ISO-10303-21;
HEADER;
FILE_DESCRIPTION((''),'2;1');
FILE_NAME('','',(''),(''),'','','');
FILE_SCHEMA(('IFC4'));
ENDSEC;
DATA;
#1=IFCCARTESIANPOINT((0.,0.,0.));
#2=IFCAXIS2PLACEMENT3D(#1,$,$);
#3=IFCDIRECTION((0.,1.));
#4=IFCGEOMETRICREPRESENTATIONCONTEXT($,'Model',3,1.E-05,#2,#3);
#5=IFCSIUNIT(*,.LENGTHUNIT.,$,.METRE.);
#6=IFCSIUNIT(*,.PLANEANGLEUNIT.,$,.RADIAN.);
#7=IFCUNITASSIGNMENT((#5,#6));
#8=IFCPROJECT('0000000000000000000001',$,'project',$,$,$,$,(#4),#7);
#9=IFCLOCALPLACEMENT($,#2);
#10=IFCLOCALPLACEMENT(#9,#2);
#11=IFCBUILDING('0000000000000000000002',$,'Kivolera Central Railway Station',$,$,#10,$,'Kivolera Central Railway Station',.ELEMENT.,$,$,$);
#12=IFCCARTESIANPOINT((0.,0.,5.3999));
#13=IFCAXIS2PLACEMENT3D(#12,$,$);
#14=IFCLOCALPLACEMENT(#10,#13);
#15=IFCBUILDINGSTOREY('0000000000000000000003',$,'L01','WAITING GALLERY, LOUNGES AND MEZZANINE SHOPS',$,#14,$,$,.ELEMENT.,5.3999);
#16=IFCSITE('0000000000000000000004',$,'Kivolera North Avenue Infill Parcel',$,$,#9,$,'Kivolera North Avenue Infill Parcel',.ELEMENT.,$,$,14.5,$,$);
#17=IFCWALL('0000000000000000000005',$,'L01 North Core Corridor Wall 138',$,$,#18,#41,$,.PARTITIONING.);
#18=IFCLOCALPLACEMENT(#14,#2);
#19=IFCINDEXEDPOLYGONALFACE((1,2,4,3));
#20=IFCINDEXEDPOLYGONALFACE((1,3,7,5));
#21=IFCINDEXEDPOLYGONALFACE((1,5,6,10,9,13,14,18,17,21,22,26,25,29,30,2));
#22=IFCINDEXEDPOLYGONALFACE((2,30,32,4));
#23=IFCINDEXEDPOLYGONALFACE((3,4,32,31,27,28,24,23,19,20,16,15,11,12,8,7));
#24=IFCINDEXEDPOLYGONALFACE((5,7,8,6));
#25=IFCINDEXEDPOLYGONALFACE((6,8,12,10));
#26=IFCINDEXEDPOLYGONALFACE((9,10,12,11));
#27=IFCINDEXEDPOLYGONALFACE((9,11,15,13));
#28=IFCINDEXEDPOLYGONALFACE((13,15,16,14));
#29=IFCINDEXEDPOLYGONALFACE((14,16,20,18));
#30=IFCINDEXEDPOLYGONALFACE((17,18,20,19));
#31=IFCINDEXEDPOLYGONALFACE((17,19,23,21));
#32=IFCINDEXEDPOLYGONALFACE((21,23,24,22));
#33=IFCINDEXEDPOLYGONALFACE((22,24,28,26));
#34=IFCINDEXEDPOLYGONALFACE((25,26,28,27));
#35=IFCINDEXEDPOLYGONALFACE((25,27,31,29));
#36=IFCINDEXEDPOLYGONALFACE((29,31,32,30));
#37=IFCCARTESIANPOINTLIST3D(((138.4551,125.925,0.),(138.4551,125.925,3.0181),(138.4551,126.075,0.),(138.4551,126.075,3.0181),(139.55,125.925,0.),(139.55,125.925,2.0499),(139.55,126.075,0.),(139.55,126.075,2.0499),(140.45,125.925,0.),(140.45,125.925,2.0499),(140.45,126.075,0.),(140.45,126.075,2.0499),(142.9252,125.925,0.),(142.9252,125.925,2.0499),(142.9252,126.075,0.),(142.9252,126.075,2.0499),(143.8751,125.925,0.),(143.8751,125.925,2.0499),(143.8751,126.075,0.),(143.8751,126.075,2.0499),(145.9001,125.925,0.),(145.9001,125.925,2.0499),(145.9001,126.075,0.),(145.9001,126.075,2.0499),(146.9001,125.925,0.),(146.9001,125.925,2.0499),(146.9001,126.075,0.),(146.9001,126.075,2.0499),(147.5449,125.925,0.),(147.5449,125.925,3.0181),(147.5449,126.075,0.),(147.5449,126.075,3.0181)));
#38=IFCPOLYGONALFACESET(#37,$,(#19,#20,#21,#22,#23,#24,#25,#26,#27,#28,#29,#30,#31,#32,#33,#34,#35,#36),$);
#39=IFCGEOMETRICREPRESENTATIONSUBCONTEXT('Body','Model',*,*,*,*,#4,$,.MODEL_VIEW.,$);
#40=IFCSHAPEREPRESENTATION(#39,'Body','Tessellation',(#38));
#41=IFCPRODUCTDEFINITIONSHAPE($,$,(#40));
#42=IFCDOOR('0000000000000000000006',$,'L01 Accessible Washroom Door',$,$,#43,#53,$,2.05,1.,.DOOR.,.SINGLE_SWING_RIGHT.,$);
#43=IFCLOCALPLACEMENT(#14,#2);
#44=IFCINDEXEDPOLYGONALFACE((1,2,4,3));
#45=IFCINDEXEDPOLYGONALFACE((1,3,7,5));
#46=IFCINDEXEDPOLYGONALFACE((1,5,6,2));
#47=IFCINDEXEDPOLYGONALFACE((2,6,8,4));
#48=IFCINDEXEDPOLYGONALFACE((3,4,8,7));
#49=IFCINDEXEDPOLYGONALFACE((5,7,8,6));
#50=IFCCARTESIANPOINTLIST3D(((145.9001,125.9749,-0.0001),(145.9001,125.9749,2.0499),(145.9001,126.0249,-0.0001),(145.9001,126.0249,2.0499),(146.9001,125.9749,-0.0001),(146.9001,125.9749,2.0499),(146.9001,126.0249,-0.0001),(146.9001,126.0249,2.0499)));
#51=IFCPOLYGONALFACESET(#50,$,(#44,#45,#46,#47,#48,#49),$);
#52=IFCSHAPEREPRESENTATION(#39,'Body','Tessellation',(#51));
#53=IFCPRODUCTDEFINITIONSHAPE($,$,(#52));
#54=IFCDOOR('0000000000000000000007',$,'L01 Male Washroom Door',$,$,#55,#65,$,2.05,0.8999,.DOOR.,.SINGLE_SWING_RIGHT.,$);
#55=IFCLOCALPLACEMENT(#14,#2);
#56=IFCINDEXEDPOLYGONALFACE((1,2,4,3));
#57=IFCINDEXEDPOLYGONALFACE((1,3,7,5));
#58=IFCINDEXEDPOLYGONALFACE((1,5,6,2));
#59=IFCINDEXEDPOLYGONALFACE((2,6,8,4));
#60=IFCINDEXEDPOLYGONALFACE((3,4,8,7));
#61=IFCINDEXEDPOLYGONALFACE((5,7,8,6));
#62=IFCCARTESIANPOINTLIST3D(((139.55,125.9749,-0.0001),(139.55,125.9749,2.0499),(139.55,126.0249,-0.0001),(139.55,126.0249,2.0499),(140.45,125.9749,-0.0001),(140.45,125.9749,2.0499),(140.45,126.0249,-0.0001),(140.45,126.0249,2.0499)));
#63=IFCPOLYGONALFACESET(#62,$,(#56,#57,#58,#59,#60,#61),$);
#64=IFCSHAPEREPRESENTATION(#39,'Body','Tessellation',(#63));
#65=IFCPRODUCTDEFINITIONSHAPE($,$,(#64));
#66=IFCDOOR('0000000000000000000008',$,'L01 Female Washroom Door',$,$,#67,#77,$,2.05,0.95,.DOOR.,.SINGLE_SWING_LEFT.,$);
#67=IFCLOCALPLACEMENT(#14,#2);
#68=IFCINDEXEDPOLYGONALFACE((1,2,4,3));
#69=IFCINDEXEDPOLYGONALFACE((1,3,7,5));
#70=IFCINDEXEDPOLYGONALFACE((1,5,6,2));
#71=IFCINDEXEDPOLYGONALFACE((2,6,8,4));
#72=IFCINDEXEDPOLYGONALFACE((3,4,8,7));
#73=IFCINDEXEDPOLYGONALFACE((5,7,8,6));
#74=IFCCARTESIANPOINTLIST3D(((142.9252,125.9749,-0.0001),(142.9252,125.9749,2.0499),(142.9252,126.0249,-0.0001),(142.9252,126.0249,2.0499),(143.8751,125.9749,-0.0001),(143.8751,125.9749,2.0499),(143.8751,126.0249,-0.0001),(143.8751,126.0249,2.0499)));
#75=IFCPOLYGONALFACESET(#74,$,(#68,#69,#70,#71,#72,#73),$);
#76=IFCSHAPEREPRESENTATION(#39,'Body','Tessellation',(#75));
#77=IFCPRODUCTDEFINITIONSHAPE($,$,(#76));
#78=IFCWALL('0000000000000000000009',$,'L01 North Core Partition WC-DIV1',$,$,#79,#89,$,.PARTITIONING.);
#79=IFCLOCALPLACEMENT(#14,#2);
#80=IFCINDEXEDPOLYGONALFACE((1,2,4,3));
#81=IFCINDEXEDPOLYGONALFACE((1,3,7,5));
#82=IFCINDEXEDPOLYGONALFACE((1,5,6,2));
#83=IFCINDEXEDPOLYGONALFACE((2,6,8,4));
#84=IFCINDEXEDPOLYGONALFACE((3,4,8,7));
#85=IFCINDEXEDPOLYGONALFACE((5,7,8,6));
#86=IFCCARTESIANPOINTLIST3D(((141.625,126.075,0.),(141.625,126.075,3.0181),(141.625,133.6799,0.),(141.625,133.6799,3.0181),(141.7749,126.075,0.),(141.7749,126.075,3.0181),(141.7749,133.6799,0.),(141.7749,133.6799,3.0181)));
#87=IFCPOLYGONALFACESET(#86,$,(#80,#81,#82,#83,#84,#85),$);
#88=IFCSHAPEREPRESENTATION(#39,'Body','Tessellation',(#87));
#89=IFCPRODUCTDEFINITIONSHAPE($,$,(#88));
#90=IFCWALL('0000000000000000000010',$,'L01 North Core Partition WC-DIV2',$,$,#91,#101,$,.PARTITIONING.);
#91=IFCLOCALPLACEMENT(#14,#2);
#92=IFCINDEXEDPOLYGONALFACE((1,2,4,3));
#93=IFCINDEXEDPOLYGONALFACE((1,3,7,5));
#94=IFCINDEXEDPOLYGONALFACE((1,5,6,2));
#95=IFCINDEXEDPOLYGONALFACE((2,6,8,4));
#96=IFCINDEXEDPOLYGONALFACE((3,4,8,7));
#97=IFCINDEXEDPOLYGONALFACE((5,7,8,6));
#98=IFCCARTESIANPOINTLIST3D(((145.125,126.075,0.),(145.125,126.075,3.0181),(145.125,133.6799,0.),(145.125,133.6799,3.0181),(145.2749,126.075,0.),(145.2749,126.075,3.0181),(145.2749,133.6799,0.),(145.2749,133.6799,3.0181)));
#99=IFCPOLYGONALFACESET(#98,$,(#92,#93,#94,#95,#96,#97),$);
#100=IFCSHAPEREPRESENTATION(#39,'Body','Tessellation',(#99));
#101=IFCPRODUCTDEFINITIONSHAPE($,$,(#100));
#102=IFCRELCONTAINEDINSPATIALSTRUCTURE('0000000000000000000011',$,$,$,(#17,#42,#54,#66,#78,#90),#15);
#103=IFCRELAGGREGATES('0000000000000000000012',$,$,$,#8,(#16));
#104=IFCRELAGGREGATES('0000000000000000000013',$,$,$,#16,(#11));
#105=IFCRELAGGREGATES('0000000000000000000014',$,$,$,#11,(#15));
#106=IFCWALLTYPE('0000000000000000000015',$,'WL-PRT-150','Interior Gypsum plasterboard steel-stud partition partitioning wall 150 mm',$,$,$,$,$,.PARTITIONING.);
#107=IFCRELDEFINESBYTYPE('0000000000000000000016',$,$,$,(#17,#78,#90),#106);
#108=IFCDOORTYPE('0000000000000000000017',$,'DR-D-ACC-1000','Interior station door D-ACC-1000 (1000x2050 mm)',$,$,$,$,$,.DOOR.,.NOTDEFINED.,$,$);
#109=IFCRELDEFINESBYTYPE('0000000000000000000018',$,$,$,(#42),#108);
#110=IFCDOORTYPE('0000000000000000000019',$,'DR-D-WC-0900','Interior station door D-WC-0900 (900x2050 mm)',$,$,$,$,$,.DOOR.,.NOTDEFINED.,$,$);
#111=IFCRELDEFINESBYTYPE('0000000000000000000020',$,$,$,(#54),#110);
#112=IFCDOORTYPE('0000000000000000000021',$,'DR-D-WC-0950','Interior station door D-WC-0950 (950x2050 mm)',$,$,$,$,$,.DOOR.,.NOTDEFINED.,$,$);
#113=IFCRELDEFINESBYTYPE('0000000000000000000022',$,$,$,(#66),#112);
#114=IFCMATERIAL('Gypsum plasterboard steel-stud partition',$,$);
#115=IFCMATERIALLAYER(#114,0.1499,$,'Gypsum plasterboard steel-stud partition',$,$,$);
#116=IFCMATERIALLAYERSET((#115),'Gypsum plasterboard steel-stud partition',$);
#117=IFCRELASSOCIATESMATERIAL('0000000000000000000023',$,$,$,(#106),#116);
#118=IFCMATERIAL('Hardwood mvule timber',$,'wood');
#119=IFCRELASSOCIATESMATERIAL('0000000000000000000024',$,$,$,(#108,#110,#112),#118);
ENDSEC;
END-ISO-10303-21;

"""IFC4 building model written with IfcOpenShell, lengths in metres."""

from ifc_helpers import new_model, si_unit, direction, frame, frame_2d, origin, place, context, subcontext, project, spatial, rectangle, extrude, material, layer, layer_set, type_object, element, fill, save


model = new_model("IFC4")

# Units and contexts
model_context = context("Model", 3, precision=1e-05, world=origin(), true_north=direction((0.0, 1.0)))
body_context = subcontext(model_context, "Body", "Model", "MODEL_VIEW")
ifc_project = project(units=[si_unit("LENGTHUNIT", "METRE"), si_unit("PLANEANGLEUNIT", "RADIAN")], contexts=[model_context])

# Site, building, storey
site_placement = place(None, origin())
site = spatial("IfcSite", under=ifc_project, at=site_placement, Name="Kivolera North Avenue Infill Parcel", LongName="Kivolera North Avenue Infill Parcel", CompositionType="ELEMENT", RefElevation=14.5)
building_placement = place(site_placement, origin())
building = spatial("IfcBuilding", under=site, at=building_placement, Name="Kivolera Central Railway Station", LongName="Kivolera Central Railway Station", CompositionType="ELEMENT")
storey_placement = place(building_placement, frame((0.0, 0.0, 5.3999)))
storey = spatial("IfcBuildingStorey", under=building, at=storey_placement, Name="L01", Description="WAITING GALLERY, LOUNGES AND MEZZANINE SHOPS", CompositionType="ELEMENT", Elevation=5.3999)

# Shared definitions
ifc_material_1 = material(Name="Hardwood mvule timber", Category="wood")

# Shared definitions
ifc_material_2 = material(Name="Gypsum plasterboard steel-stud partition")

# Wall, openings, doors
ifc_layer_1 = layer(ifc_material_2, 0.1499, Name="Gypsum plasterboard steel-stud partition")
ifc_layer_set_1 = layer_set([ifc_layer_1], Name="Gypsum plasterboard steel-stud partition")
wall_type_1 = type_object("IfcWallType", Name="WL-PRT-150", Description="Interior Gypsum plasterboard steel-stud partition partitioning wall 150 mm", PredefinedType="PARTITIONING", material=ifc_layer_set_1)
wall_1_placement = place(storey_placement, frame((138.4551, 126.0, 0.0), z_axis=(0.0, 0.0, 1.0), x_axis=(1.0, 0.0, 0.0)))
wall_1 = element("IfcWall", 1, at=wall_1_placement, inside=storey, type_object=wall_type_1, Name="L01 North Core Corridor Wall 138", PredefinedType="PARTITIONING", context=body_context, shape_type="SweptSolid", body=[
    extrude(rectangle(XDim=9.0898, YDim=0.1499, at=frame_2d((4.5449, 0.0))), origin(), (0.0, 0.0, 1.0), 3.0181),
])
opening_1_placement = place(wall_1_placement, frame((1.095, 0.0, 0.0)))
opening_1 = element("IfcOpeningElement", 2, at=opening_1_placement, cuts=wall_1, PredefinedType="OPENING", context=body_context, shape_type="SweptSolid", body=[
    extrude(rectangle(XDim=0.8999, YDim=2.05, at=frame_2d((0.45, 1.0249))), frame((0.0, 0.085, 0.0), z_axis=(0.0, -1.0, 0.0), x_axis=(1.0, 0.0, 0.0)), (0.0, 0.0, 1.0), 0.1699),
])
opening_2_placement = place(wall_1_placement, frame((4.47, 0.0, 0.0)))
opening_2 = element("IfcOpeningElement", 3, at=opening_2_placement, cuts=wall_1, PredefinedType="OPENING", context=body_context, shape_type="SweptSolid", body=[
    extrude(rectangle(XDim=0.95, YDim=2.05, at=frame_2d((0.4751, 1.0249))), frame((0.0, 0.085, 0.0), z_axis=(0.0, -1.0, 0.0), x_axis=(1.0, 0.0, 0.0)), (0.0, 0.0, 1.0), 0.1699),
])
opening_3_placement = place(wall_1_placement, frame((7.4451, 0.0, 0.0)))
opening_3 = element("IfcOpeningElement", 4, at=opening_3_placement, cuts=wall_1, PredefinedType="OPENING", context=body_context, shape_type="SweptSolid", body=[
    extrude(rectangle(XDim=1.0, YDim=2.05, at=frame_2d((0.5, 1.0249))), frame((0.0, 0.085, 0.0), z_axis=(0.0, -1.0, 0.0), x_axis=(1.0, 0.0, 0.0)), (0.0, 0.0, 1.0), 0.1699),
])
door_type_1 = type_object("IfcDoorType", Name="DR-D-ACC-1000", Description="Interior station door D-ACC-1000 (1000x2050 mm)", OperationType="NOTDEFINED", PredefinedType="DOOR", material=ifc_material_1)
door_1_placement = place(opening_3_placement, origin())
door_1 = element("IfcDoor", 5, at=door_1_placement, inside=storey, type_object=door_type_1, Name="L01 Accessible Washroom Door", OperationType="SINGLE_SWING_RIGHT", OverallHeight=2.05, OverallWidth=1.0, PredefinedType="DOOR", context=body_context, shape_type="SweptSolid", body=[
    extrude(rectangle(XDim=1.0, YDim=2.05, at=frame_2d((0.5, 1.0249))), frame((0.0, 0.0249, 0.0), z_axis=(0.0, -1.0, 0.0), x_axis=(1.0, 0.0, 0.0)), (0.0, 0.0, 1.0), 0.05),
])
fill(opening_3, door_1)
door_type_2 = type_object("IfcDoorType", Name="DR-D-WC-0900", Description="Interior station door D-WC-0900 (900x2050 mm)", OperationType="NOTDEFINED", PredefinedType="DOOR", material=ifc_material_1)
door_2_placement = place(opening_1_placement, origin())
door_2 = element("IfcDoor", 6, at=door_2_placement, inside=storey, type_object=door_type_2, Name="L01 Male Washroom Door", OperationType="SINGLE_SWING_RIGHT", OverallHeight=2.05, OverallWidth=0.8999, PredefinedType="DOOR", context=body_context, shape_type="SweptSolid", body=[
    extrude(rectangle(XDim=0.8999, YDim=2.05, at=frame_2d((0.45, 1.0249))), frame((0.0, 0.0249, 0.0), z_axis=(0.0, -1.0, 0.0), x_axis=(1.0, 0.0, 0.0)), (0.0, 0.0, 1.0), 0.05),
])
fill(opening_1, door_2)
door_type_3 = type_object("IfcDoorType", Name="DR-D-WC-0950", Description="Interior station door D-WC-0950 (950x2050 mm)", OperationType="NOTDEFINED", PredefinedType="DOOR", material=ifc_material_1)
door_3_placement = place(opening_2_placement, origin())
door_3 = element("IfcDoor", 7, at=door_3_placement, inside=storey, type_object=door_type_3, Name="L01 Female Washroom Door", OperationType="SINGLE_SWING_LEFT", OverallHeight=2.05, OverallWidth=0.95, PredefinedType="DOOR", context=body_context, shape_type="SweptSolid", body=[
    extrude(rectangle(XDim=0.95, YDim=2.05, at=frame_2d((0.4751, 1.0249))), frame((0.0, 0.0249, 0.0), z_axis=(0.0, -1.0, 0.0), x_axis=(1.0, 0.0, 0.0)), (0.0, 0.0, 1.0), 0.05),
])
fill(opening_2, door_3)

# Walls
for number, where, z_axis, x_axis, name in (
    (8, (141.7, 126.075, 0.0), (0.0, 0.0, 1.0), (0.0, 1.0, 0.0), "L01 North Core Partition WC-DIV1"),
    (9, (145.2, 126.075, 0.0), (0.0, 0.0, 1.0), (0.0, 1.0, 0.0), "L01 North Core Partition WC-DIV2"),
):
    element("IfcWall", number, at=place(storey_placement, frame(where, z_axis=z_axis, x_axis=x_axis)), inside=storey, type_object=wall_type_1, Name=name, PredefinedType="PARTITIONING", context=body_context, shape_type="SweptSolid", body=[
        extrude(rectangle(XDim=7.605, YDim=0.1499, at=frame_2d((3.8025, 0.0))), origin(), (0.0, 0.0, 1.0), 3.0181),
    ])

save(model, "model.ifc")
